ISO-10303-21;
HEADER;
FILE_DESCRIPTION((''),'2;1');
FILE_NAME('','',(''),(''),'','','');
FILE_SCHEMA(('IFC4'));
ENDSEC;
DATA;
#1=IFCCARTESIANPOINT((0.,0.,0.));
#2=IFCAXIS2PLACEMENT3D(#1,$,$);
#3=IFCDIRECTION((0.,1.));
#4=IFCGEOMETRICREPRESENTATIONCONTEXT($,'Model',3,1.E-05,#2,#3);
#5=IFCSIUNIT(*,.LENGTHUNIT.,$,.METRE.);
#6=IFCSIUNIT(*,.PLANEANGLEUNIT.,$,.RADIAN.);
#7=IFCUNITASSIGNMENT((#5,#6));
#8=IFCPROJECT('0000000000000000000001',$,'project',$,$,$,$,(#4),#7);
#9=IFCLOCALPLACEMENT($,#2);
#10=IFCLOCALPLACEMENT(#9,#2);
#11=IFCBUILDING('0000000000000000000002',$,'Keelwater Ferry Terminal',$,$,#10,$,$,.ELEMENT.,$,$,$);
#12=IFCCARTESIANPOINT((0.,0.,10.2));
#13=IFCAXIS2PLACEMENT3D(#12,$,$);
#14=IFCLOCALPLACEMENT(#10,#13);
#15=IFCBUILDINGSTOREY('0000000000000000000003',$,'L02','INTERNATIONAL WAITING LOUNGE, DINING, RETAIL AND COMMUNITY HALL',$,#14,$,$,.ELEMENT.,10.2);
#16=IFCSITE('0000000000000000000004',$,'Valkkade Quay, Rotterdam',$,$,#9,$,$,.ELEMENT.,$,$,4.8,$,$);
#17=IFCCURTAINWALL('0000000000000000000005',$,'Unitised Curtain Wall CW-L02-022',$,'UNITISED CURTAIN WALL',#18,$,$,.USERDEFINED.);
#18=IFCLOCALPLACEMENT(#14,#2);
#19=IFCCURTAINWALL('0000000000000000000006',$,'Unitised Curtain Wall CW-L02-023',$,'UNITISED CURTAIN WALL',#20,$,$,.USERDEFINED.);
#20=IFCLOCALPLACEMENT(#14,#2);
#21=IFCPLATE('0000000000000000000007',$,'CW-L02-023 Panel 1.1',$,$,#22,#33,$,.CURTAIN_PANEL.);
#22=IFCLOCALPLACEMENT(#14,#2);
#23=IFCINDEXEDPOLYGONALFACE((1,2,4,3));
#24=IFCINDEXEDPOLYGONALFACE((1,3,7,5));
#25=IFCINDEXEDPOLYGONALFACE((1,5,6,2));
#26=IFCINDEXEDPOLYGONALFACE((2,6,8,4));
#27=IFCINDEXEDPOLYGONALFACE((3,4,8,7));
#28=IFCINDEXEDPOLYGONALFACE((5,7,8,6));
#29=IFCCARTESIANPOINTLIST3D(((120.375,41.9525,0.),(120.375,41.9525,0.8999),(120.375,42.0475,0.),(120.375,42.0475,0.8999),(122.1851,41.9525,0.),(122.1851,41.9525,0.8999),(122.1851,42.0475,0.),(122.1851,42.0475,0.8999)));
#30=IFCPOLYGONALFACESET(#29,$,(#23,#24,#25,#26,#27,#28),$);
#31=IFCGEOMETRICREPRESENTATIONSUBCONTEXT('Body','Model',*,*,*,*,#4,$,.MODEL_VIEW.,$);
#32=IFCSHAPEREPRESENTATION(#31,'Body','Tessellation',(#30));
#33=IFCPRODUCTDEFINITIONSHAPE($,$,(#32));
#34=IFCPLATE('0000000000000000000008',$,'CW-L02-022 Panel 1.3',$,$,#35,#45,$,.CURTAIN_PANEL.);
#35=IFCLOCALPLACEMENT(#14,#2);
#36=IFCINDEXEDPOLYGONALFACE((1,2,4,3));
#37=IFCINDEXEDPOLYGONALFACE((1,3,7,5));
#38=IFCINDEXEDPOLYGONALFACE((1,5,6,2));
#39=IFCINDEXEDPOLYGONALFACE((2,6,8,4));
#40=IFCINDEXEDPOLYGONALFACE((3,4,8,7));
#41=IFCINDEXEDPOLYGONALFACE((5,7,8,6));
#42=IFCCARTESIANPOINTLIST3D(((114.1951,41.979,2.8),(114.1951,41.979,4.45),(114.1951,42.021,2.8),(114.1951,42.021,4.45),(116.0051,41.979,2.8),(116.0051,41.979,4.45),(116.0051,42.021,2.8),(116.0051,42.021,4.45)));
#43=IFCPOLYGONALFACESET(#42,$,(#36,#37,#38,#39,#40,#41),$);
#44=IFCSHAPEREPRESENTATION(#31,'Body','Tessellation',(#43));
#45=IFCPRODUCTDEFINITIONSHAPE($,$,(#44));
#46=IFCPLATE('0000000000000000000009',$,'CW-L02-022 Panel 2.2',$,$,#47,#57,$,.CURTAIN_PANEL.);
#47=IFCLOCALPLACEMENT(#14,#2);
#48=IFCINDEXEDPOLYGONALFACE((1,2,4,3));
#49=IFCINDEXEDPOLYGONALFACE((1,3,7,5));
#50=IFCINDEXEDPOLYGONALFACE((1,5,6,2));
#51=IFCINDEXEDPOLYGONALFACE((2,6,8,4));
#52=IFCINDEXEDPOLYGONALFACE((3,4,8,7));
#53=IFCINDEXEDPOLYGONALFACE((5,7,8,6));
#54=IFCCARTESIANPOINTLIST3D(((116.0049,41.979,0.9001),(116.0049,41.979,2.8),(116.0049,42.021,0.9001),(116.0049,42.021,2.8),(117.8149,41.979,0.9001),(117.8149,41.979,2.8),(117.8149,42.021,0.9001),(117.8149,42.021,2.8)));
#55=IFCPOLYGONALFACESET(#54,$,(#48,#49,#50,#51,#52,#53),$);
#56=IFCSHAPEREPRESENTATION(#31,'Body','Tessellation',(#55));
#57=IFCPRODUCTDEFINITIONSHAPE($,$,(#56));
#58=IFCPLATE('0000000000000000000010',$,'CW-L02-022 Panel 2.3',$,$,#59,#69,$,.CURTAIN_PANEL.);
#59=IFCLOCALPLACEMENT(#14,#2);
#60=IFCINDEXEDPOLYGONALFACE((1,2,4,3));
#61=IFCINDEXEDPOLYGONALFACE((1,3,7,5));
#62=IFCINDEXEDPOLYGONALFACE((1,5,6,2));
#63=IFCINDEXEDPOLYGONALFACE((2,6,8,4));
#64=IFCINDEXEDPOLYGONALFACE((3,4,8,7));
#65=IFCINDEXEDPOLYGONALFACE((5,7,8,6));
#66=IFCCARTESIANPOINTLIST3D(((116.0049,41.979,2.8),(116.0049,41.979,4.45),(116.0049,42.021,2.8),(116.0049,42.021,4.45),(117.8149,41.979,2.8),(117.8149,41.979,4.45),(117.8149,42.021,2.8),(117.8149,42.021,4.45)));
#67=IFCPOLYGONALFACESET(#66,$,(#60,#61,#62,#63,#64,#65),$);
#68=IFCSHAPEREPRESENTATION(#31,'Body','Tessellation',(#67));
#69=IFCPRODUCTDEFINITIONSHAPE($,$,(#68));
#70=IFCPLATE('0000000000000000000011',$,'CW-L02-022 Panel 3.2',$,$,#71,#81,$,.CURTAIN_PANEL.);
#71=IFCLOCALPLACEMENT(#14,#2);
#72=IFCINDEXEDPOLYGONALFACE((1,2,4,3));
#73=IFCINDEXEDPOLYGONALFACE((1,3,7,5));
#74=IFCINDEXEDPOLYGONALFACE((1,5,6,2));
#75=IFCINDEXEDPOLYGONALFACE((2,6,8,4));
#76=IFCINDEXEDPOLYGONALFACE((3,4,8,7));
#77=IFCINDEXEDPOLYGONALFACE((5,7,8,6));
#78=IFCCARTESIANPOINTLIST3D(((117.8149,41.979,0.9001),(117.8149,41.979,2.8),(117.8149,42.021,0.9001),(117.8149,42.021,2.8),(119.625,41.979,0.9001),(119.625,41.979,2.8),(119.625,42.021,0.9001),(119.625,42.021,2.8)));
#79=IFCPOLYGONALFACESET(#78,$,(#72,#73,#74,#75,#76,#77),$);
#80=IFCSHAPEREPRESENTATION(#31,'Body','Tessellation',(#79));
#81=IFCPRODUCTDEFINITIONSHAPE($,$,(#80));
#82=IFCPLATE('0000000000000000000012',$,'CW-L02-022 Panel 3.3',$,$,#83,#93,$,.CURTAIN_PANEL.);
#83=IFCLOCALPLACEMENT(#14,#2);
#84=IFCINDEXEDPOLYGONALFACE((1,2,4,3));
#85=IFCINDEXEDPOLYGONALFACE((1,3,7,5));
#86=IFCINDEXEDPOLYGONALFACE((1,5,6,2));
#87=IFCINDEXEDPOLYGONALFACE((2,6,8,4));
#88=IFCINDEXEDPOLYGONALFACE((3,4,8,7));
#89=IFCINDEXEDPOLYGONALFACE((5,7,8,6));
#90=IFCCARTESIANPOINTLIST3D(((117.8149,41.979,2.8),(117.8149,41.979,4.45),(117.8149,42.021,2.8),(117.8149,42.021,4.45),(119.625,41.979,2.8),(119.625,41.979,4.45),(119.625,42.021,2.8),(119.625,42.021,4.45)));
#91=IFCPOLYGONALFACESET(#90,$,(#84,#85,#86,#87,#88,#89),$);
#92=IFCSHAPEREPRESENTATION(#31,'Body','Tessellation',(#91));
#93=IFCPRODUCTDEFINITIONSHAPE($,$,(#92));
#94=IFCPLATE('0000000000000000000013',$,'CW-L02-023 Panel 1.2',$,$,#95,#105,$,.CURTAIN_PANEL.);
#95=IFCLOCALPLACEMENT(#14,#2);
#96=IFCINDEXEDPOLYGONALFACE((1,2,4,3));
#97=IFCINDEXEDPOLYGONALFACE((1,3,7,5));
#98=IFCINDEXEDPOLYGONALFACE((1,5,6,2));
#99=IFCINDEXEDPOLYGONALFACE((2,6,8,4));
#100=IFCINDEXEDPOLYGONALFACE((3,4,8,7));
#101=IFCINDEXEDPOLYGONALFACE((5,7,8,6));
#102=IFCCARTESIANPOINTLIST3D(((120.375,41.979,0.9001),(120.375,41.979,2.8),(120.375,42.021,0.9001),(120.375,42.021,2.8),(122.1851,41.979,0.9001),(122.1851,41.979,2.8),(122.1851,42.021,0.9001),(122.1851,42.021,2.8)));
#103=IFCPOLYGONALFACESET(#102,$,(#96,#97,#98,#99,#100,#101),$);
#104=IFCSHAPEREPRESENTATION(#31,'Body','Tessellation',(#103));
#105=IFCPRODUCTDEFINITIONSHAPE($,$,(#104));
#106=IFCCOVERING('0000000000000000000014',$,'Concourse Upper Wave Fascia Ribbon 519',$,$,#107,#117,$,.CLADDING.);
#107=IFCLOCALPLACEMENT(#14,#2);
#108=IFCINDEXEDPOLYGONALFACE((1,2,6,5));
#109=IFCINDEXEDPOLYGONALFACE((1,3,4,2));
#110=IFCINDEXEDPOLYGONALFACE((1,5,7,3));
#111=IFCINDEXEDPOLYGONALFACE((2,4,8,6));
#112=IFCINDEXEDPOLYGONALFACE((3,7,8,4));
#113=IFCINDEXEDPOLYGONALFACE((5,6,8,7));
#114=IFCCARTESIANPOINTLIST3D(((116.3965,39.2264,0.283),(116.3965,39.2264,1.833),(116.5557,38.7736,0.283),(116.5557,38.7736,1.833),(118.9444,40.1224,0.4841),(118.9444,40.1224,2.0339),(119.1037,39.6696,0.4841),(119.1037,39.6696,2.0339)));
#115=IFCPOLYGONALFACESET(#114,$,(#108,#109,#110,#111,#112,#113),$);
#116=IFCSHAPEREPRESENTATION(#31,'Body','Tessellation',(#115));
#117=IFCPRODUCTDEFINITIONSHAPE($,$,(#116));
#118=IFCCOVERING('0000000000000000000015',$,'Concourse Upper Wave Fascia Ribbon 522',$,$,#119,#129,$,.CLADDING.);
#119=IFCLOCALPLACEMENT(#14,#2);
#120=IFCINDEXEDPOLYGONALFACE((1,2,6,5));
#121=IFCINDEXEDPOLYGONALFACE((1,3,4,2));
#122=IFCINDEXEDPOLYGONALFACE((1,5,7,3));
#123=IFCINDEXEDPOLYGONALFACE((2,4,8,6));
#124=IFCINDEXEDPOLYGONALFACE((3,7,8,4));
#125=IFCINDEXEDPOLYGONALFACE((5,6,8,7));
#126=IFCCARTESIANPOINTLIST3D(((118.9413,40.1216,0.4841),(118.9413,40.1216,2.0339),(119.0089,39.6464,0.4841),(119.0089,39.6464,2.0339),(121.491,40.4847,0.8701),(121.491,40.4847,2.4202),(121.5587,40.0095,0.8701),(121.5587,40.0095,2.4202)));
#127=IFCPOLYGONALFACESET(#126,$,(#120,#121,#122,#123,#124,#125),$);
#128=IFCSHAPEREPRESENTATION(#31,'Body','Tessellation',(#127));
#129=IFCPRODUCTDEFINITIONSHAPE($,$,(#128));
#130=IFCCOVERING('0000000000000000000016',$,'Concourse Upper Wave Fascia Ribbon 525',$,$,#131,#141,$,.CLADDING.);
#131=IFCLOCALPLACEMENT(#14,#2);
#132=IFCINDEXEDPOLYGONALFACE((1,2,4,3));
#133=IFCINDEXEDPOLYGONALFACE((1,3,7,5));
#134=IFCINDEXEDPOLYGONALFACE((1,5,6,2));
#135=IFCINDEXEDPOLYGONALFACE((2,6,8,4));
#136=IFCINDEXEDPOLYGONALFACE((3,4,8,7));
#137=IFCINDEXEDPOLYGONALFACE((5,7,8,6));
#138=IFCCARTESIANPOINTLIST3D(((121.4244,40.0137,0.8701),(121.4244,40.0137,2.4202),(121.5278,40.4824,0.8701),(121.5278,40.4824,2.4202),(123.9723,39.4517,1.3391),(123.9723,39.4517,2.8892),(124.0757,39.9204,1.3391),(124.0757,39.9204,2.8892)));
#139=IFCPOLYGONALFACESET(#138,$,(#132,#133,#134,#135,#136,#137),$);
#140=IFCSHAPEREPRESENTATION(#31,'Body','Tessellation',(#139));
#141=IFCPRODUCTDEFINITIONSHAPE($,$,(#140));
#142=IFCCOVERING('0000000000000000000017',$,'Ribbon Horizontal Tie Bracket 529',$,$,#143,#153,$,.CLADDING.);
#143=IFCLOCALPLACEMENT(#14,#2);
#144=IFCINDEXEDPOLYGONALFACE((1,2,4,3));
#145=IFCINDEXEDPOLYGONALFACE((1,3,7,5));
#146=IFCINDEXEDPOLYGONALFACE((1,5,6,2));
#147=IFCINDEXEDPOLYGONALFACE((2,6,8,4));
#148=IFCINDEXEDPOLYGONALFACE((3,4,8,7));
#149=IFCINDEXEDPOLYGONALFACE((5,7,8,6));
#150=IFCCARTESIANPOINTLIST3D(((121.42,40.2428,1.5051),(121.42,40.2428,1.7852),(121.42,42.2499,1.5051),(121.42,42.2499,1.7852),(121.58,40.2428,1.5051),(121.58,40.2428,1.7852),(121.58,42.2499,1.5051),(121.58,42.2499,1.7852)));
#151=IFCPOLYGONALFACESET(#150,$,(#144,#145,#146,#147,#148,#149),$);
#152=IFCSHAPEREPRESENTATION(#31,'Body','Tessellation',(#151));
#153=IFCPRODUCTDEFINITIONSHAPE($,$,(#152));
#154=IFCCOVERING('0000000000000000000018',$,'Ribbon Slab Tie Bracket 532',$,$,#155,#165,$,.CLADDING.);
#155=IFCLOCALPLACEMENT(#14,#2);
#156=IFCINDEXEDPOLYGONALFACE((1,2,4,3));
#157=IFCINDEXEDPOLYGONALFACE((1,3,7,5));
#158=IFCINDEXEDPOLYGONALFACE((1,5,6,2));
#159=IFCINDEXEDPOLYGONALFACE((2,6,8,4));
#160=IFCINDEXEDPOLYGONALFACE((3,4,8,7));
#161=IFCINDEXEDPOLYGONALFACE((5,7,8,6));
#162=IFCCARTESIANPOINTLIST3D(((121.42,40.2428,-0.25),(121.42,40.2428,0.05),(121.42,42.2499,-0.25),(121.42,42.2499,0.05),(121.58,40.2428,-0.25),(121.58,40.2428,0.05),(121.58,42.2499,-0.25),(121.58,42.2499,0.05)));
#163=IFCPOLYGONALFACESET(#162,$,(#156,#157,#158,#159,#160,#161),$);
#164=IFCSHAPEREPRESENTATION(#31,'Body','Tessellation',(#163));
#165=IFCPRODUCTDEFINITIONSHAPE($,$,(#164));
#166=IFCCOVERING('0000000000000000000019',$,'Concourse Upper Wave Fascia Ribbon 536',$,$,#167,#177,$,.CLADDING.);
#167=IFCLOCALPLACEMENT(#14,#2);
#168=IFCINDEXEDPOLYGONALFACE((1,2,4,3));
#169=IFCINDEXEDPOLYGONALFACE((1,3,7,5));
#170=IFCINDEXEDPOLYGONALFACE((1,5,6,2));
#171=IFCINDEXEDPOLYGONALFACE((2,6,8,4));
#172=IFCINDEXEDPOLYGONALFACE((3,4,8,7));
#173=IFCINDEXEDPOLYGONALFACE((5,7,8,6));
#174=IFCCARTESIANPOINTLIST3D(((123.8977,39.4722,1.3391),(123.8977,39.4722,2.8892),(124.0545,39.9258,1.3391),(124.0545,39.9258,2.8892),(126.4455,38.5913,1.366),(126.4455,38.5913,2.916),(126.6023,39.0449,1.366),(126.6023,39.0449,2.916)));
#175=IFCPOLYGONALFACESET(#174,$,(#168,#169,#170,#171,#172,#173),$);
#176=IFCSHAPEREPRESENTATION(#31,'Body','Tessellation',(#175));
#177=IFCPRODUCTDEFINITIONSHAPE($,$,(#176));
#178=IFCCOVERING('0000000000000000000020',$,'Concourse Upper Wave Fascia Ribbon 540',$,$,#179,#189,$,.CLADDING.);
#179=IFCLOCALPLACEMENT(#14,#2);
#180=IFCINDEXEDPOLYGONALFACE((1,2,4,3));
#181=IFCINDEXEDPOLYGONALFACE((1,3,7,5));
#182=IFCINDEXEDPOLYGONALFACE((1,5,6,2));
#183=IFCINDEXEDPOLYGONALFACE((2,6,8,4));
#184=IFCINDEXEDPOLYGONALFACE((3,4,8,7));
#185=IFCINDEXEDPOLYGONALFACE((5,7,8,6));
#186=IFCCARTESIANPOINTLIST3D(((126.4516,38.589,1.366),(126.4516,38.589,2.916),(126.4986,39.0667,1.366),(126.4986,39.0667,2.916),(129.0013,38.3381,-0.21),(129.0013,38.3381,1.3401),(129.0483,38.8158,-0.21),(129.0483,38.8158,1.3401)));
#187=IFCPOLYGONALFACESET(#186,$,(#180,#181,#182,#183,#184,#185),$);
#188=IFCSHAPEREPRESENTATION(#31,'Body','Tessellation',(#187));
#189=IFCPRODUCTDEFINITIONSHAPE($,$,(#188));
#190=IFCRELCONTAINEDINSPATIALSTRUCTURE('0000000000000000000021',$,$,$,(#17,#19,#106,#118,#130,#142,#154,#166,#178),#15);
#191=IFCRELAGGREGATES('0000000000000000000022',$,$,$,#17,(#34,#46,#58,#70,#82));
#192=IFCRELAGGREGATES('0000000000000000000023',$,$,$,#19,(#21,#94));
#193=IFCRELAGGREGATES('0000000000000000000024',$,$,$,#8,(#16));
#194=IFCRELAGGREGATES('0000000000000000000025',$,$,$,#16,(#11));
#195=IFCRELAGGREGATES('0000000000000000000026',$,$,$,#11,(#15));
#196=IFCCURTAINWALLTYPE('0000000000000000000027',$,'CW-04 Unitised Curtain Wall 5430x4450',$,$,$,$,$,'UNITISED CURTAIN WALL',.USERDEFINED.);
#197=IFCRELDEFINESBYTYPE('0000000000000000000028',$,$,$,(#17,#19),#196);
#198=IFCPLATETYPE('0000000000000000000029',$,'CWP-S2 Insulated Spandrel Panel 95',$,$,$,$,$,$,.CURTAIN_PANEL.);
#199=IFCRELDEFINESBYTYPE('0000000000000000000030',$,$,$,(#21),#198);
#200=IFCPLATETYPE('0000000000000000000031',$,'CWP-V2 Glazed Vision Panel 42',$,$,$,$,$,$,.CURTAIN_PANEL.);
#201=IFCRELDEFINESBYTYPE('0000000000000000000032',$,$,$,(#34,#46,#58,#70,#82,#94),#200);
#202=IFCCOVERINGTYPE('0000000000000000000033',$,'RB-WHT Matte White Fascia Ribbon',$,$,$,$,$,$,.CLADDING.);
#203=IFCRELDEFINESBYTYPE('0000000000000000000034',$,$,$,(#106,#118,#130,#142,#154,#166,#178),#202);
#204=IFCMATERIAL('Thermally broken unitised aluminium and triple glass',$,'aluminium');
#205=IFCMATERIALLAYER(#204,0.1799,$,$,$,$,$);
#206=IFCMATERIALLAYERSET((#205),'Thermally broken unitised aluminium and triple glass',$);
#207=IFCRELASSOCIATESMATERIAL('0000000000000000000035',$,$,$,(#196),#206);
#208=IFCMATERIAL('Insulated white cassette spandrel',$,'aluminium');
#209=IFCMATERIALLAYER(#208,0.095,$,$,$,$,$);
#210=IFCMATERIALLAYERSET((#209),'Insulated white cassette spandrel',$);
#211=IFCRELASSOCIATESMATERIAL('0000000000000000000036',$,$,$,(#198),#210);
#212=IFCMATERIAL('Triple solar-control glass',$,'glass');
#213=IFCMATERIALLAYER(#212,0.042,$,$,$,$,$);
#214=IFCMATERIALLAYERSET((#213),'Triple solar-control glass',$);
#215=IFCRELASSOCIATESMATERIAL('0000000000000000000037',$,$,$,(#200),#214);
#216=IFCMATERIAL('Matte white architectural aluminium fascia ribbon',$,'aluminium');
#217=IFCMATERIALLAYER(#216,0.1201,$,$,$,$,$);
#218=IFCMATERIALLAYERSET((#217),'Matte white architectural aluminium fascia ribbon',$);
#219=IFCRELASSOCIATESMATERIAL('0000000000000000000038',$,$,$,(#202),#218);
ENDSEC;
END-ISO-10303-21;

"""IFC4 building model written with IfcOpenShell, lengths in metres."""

from ifc_helpers import new_model, si_unit, direction, frame, frame_2d, origin, origin_2d, place, context, subcontext, project, spatial, polyline, rectangle, outline, extrude, material, layer, layer_set, type_object, element, aggregate, save


model = new_model("IFC4")

# Units and contexts
model_context = context("Model", 3, precision=1e-05, world=origin(), true_north=direction((0.0, 1.0)))
body_context = subcontext(model_context, "Body", "Model", "MODEL_VIEW")
ifc_project = project(units=[si_unit("LENGTHUNIT", "METRE"), si_unit("PLANEANGLEUNIT", "RADIAN")], contexts=[model_context])

# Site, building, storey
site_placement = place(None, origin())
site = spatial("IfcSite", under=ifc_project, at=site_placement, Name="Valkkade Quay, Rotterdam", CompositionType="ELEMENT", RefElevation=4.8)
building_placement = place(site_placement, origin())
building = spatial("IfcBuilding", under=site, at=building_placement, Name="Keelwater Ferry Terminal", CompositionType="ELEMENT")
storey_placement = place(building_placement, frame((0.0, 0.0, 10.2)))
storey = spatial("IfcBuildingStorey", under=building, at=storey_placement, Name="L02", Description="INTERNATIONAL WAITING LOUNGE, DINING, RETAIL AND COMMUNITY HALL", CompositionType="ELEMENT", Elevation=10.2)

# Curtain walls
ifc_material_1 = material(Name="Thermally broken unitised aluminium and triple glass", Category="aluminium")
ifc_layer_1 = layer(ifc_material_1, 0.1799)
ifc_layer_set_1 = layer_set([ifc_layer_1], Name="Thermally broken unitised aluminium and triple glass")
curtain_wall_type = type_object("IfcCurtainWallType", Name="CW-04 Unitised Curtain Wall 5430x4450", ElementType="UNITISED CURTAIN WALL", PredefinedType="USERDEFINED", material=ifc_layer_set_1)
curtain_wall_1_placement = place(storey_placement, origin())
curtain_wall_1 = element("IfcCurtainWall", 1, at=curtain_wall_1_placement, inside=storey, type_object=curtain_wall_type, Name="Unitised Curtain Wall CW-L02-022", ObjectType="UNITISED CURTAIN WALL", PredefinedType="USERDEFINED")
curtain_wall_2_placement = place(storey_placement, origin())
curtain_wall_2 = element("IfcCurtainWall", 2, at=curtain_wall_2_placement, inside=storey, type_object=curtain_wall_type, Name="Unitised Curtain Wall CW-L02-023", ObjectType="UNITISED CURTAIN WALL", PredefinedType="USERDEFINED")

# Plates
ifc_material_2 = material(Name="Insulated white cassette spandrel", Category="aluminium")
ifc_layer_2 = layer(ifc_material_2, 0.095)
ifc_layer_set_2 = layer_set([ifc_layer_2], Name="Insulated white cassette spandrel")
plate_type_1 = type_object("IfcPlateType", Name="CWP-S2 Insulated Spandrel Panel 95", PredefinedType="CURTAIN_PANEL", material=ifc_layer_set_2)
plate_1_placement = place(storey_placement, frame((121.28, 42.0, 0.0), z_axis=(0.0, 0.0, 1.0), x_axis=(1.0, 0.0, 0.0)))
plate_1 = element("IfcPlate", 3, at=plate_1_placement, type_object=plate_type_1, Name="CW-L02-023 Panel 1.1", PredefinedType="CURTAIN_PANEL", context=body_context, shape_type="SweptSolid", body=[
    extrude(rectangle(XDim=1.8101, YDim=0.095, at=origin_2d()), origin(), (0.0, 0.0, 1.0), 0.8999),
])
ifc_material_3 = material(Name="Triple solar-control glass", Category="glass")
ifc_layer_3 = layer(ifc_material_3, 0.042)
ifc_layer_set_3 = layer_set([ifc_layer_3], Name="Triple solar-control glass")
plate_type_2 = type_object("IfcPlateType", Name="CWP-V2 Glazed Vision Panel 42", PredefinedType="CURTAIN_PANEL", material=ifc_layer_set_3)
plate_2_placement = place(storey_placement, frame((115.1001, 42.0, 2.8), z_axis=(0.0, 0.0, 1.0), x_axis=(1.0, 0.0, 0.0)))
plate_2 = element("IfcPlate", 4, at=plate_2_placement, type_object=plate_type_2, Name="CW-L02-022 Panel 1.3", PredefinedType="CURTAIN_PANEL", context=body_context, shape_type="SweptSolid", body=[
    extrude(rectangle(XDim=1.8101, YDim=0.042, at=origin_2d()), origin(), (0.0, 0.0, 1.0), 1.6499),
])
plate_3_placement = place(storey_placement, frame((116.9099, 42.0, 0.9001), z_axis=(0.0, 0.0, 1.0), x_axis=(1.0, 0.0, 0.0)))
plate_3 = element("IfcPlate", 5, at=plate_3_placement, type_object=plate_type_2, Name="CW-L02-022 Panel 2.2", PredefinedType="CURTAIN_PANEL", context=body_context, shape_type="SweptSolid", body=[
    extrude(rectangle(XDim=1.8101, YDim=0.042, at=origin_2d()), origin(), (0.0, 0.0, 1.0), 1.8999),
])
plate_4_placement = place(storey_placement, frame((116.9099, 42.0, 2.8), z_axis=(0.0, 0.0, 1.0), x_axis=(1.0, 0.0, 0.0)))
plate_4 = element("IfcPlate", 6, at=plate_4_placement, type_object=plate_type_2, Name="CW-L02-022 Panel 2.3", PredefinedType="CURTAIN_PANEL", context=body_context, shape_type="SweptSolid", body=[
    extrude(rectangle(XDim=1.8101, YDim=0.042, at=origin_2d()), origin(), (0.0, 0.0, 1.0), 1.6499),
])
plate_5_placement = place(storey_placement, frame((118.72, 42.0, 0.9001), z_axis=(0.0, 0.0, 1.0), x_axis=(1.0, 0.0, 0.0)))
plate_5 = element("IfcPlate", 7, at=plate_5_placement, type_object=plate_type_2, Name="CW-L02-022 Panel 3.2", PredefinedType="CURTAIN_PANEL", context=body_context, shape_type="SweptSolid", body=[
    extrude(rectangle(XDim=1.8101, YDim=0.042, at=origin_2d()), origin(), (0.0, 0.0, 1.0), 1.8999),
])
plate_6_placement = place(storey_placement, frame((118.72, 42.0, 2.8), z_axis=(0.0, 0.0, 1.0), x_axis=(1.0, 0.0, 0.0)))
plate_6 = element("IfcPlate", 8, at=plate_6_placement, type_object=plate_type_2, Name="CW-L02-022 Panel 3.3", PredefinedType="CURTAIN_PANEL", context=body_context, shape_type="SweptSolid", body=[
    extrude(rectangle(XDim=1.8101, YDim=0.042, at=origin_2d()), origin(), (0.0, 0.0, 1.0), 1.6499),
])
aggregate(curtain_wall_1, [plate_2, plate_3, plate_4, plate_5, plate_6])
plate_7_placement = place(storey_placement, frame((121.28, 42.0, 0.9001), z_axis=(0.0, 0.0, 1.0), x_axis=(1.0, 0.0, 0.0)))
plate_7 = element("IfcPlate", 9, at=plate_7_placement, type_object=plate_type_2, Name="CW-L02-023 Panel 1.2", PredefinedType="CURTAIN_PANEL", context=body_context, shape_type="SweptSolid", body=[
    extrude(rectangle(XDim=1.8101, YDim=0.042, at=origin_2d()), origin(), (0.0, 0.0, 1.0), 1.8999),
])
aggregate(curtain_wall_2, [plate_1, plate_7])

# Coverings
ifc_material_4 = material(Name="Matte white architectural aluminium fascia ribbon", Category="aluminium")
ifc_layer_4 = layer(ifc_material_4, 0.1201)
ifc_layer_set_4 = layer_set([ifc_layer_4], Name="Matte white architectural aluminium fascia ribbon")
covering_type = type_object("IfcCoveringType", Name="RB-WHT Matte White Fascia Ribbon", PredefinedType="CLADDING", material=ifc_layer_set_4)
covering_1_placement = place(storey_placement, frame((116.4761, 39.0, 0.283), z_axis=(0.0, 0.0, 1.0), x_axis=(0.943367, 0.331751, 0.0)))
element("IfcCovering", 10, at=covering_1_placement, inside=storey, type_object=covering_type, Name="Concourse Upper Wave Fascia Ribbon 519", PredefinedType="CLADDING", context=body_context, shape_type="SweptSolid", body=[
    extrude(outline(polyline([(0.0, 0.0), (2.7009, 0.2012), (2.7009, 1.751), (0.0, 1.55), (0.0, 0.0)])), frame((0.0, 0.24, 0.0), z_axis=(0.0, -1.0, 0.0), x_axis=(1.0, 0.0, 0.0)), (0.0, 0.0, 1.0), 0.48),
])
covering_2_placement = place(storey_placement, frame((118.9751, 39.884, 0.4841), z_axis=(0.0, 0.0, 1.0), x_axis=(0.990016, 0.140957, 0.0)))
element("IfcCovering", 11, at=covering_2_placement, inside=storey, type_object=covering_type, Name="Concourse Upper Wave Fascia Ribbon 522", PredefinedType="CLADDING", context=body_context, shape_type="SweptSolid", body=[
    extrude(outline(polyline([(0.0, 0.0), (2.5754, 0.386), (2.5754, 1.936), (0.0, 1.5498), (0.0, 0.0)])), frame((0.0, 0.24, 0.0), z_axis=(0.0, -1.0, 0.0), x_axis=(1.0, 0.0, 0.0)), (0.0, 0.0, 1.0), 0.48),
])
covering_3_placement = place(storey_placement, frame((121.4761, 40.248, 0.8701), z_axis=(0.0, 0.0, 1.0), x_axis=(0.976525, -0.215404, 0.0)))
element("IfcCovering", 12, at=covering_3_placement, inside=storey, type_object=covering_type, Name="Concourse Upper Wave Fascia Ribbon 525", PredefinedType="CLADDING", context=body_context, shape_type="SweptSolid", body=[
    extrude(outline(polyline([(0.0, 0.0), (2.6091, 0.469), (2.6091, 2.019), (0.0, 1.55), (0.0, 0.0)])), frame((0.0, 0.24, 0.0), z_axis=(0.0, -1.0, 0.0), x_axis=(1.0, 0.0, 0.0)), (0.0, 0.0, 1.0), 0.48),
])
covering_4_placement = place(storey_placement, frame((121.5, 40.2429, 1.5051), z_axis=(0.0, 0.0, 1.0), x_axis=(0.0, 1.0, 0.0)))
element("IfcCovering", 13, at=covering_4_placement, inside=storey, type_object=covering_type, Name="Ribbon Horizontal Tie Bracket 529", PredefinedType="CLADDING", context=body_context, shape_type="SweptSolid", body=[
    extrude(rectangle(XDim=2.0071, YDim=0.1599, at=frame_2d((1.0034, 0.0))), origin(), (0.0, 0.0, 1.0), 0.28),
])
covering_5_placement = place(storey_placement, frame((121.5, 40.2429, -0.25), z_axis=(0.0, 0.0, 1.0), x_axis=(0.0, 1.0, 0.0)))
element("IfcCovering", 14, at=covering_5_placement, inside=storey, type_object=covering_type, Name="Ribbon Slab Tie Bracket 532", PredefinedType="CLADDING", context=body_context, shape_type="SweptSolid", body=[
    extrude(rectangle(XDim=2.0071, YDim=0.1599, at=frame_2d((1.0034, 0.0))), origin(), (0.0, 0.0, 1.0), 0.3),
])
covering_6_placement = place(storey_placement, frame((123.9761, 39.699, 1.3391), z_axis=(0.0, 0.0, 1.0), x_axis=(0.945111, -0.32675, 0.0)))
element("IfcCovering", 15, at=covering_6_placement, inside=storey, type_object=covering_type, Name="Concourse Upper Wave Fascia Ribbon 536", PredefinedType="CLADDING", context=body_context, shape_type="SweptSolid", body=[
    extrude(outline(polyline([(0.0, 0.0), (2.6958, 0.0269), (2.6958, 1.5769), (0.0, 1.55), (0.0, 0.0)])), frame((0.0, 0.24, 0.0), z_axis=(0.0, -1.0, 0.0), x_axis=(1.0, 0.0, 0.0)), (0.0, 0.0, 1.0), 0.48),
])
covering_7_placement = place(storey_placement, frame((126.4751, 38.8279, -0.21), z_axis=(0.0, 0.0, 1.0), x_axis=(0.995191, -0.097956, 0.0)))
element("IfcCovering", 16, at=covering_7_placement, inside=storey, type_object=covering_type, Name="Concourse Upper Wave Fascia Ribbon 540", PredefinedType="CLADDING", context=body_context, shape_type="SweptSolid", body=[
    extrude(outline(polyline([(0.0, 1.5759), (2.562, 0.0), (2.562, 1.55), (0.0, 3.126), (0.0, 1.5759)])), frame((0.0, 0.24, 0.0), z_axis=(0.0, -1.0, 0.0), x_axis=(1.0, 0.0, 0.0)), (0.0, 0.0, 1.0), 0.48),
])

save(model, "model.ifc")
